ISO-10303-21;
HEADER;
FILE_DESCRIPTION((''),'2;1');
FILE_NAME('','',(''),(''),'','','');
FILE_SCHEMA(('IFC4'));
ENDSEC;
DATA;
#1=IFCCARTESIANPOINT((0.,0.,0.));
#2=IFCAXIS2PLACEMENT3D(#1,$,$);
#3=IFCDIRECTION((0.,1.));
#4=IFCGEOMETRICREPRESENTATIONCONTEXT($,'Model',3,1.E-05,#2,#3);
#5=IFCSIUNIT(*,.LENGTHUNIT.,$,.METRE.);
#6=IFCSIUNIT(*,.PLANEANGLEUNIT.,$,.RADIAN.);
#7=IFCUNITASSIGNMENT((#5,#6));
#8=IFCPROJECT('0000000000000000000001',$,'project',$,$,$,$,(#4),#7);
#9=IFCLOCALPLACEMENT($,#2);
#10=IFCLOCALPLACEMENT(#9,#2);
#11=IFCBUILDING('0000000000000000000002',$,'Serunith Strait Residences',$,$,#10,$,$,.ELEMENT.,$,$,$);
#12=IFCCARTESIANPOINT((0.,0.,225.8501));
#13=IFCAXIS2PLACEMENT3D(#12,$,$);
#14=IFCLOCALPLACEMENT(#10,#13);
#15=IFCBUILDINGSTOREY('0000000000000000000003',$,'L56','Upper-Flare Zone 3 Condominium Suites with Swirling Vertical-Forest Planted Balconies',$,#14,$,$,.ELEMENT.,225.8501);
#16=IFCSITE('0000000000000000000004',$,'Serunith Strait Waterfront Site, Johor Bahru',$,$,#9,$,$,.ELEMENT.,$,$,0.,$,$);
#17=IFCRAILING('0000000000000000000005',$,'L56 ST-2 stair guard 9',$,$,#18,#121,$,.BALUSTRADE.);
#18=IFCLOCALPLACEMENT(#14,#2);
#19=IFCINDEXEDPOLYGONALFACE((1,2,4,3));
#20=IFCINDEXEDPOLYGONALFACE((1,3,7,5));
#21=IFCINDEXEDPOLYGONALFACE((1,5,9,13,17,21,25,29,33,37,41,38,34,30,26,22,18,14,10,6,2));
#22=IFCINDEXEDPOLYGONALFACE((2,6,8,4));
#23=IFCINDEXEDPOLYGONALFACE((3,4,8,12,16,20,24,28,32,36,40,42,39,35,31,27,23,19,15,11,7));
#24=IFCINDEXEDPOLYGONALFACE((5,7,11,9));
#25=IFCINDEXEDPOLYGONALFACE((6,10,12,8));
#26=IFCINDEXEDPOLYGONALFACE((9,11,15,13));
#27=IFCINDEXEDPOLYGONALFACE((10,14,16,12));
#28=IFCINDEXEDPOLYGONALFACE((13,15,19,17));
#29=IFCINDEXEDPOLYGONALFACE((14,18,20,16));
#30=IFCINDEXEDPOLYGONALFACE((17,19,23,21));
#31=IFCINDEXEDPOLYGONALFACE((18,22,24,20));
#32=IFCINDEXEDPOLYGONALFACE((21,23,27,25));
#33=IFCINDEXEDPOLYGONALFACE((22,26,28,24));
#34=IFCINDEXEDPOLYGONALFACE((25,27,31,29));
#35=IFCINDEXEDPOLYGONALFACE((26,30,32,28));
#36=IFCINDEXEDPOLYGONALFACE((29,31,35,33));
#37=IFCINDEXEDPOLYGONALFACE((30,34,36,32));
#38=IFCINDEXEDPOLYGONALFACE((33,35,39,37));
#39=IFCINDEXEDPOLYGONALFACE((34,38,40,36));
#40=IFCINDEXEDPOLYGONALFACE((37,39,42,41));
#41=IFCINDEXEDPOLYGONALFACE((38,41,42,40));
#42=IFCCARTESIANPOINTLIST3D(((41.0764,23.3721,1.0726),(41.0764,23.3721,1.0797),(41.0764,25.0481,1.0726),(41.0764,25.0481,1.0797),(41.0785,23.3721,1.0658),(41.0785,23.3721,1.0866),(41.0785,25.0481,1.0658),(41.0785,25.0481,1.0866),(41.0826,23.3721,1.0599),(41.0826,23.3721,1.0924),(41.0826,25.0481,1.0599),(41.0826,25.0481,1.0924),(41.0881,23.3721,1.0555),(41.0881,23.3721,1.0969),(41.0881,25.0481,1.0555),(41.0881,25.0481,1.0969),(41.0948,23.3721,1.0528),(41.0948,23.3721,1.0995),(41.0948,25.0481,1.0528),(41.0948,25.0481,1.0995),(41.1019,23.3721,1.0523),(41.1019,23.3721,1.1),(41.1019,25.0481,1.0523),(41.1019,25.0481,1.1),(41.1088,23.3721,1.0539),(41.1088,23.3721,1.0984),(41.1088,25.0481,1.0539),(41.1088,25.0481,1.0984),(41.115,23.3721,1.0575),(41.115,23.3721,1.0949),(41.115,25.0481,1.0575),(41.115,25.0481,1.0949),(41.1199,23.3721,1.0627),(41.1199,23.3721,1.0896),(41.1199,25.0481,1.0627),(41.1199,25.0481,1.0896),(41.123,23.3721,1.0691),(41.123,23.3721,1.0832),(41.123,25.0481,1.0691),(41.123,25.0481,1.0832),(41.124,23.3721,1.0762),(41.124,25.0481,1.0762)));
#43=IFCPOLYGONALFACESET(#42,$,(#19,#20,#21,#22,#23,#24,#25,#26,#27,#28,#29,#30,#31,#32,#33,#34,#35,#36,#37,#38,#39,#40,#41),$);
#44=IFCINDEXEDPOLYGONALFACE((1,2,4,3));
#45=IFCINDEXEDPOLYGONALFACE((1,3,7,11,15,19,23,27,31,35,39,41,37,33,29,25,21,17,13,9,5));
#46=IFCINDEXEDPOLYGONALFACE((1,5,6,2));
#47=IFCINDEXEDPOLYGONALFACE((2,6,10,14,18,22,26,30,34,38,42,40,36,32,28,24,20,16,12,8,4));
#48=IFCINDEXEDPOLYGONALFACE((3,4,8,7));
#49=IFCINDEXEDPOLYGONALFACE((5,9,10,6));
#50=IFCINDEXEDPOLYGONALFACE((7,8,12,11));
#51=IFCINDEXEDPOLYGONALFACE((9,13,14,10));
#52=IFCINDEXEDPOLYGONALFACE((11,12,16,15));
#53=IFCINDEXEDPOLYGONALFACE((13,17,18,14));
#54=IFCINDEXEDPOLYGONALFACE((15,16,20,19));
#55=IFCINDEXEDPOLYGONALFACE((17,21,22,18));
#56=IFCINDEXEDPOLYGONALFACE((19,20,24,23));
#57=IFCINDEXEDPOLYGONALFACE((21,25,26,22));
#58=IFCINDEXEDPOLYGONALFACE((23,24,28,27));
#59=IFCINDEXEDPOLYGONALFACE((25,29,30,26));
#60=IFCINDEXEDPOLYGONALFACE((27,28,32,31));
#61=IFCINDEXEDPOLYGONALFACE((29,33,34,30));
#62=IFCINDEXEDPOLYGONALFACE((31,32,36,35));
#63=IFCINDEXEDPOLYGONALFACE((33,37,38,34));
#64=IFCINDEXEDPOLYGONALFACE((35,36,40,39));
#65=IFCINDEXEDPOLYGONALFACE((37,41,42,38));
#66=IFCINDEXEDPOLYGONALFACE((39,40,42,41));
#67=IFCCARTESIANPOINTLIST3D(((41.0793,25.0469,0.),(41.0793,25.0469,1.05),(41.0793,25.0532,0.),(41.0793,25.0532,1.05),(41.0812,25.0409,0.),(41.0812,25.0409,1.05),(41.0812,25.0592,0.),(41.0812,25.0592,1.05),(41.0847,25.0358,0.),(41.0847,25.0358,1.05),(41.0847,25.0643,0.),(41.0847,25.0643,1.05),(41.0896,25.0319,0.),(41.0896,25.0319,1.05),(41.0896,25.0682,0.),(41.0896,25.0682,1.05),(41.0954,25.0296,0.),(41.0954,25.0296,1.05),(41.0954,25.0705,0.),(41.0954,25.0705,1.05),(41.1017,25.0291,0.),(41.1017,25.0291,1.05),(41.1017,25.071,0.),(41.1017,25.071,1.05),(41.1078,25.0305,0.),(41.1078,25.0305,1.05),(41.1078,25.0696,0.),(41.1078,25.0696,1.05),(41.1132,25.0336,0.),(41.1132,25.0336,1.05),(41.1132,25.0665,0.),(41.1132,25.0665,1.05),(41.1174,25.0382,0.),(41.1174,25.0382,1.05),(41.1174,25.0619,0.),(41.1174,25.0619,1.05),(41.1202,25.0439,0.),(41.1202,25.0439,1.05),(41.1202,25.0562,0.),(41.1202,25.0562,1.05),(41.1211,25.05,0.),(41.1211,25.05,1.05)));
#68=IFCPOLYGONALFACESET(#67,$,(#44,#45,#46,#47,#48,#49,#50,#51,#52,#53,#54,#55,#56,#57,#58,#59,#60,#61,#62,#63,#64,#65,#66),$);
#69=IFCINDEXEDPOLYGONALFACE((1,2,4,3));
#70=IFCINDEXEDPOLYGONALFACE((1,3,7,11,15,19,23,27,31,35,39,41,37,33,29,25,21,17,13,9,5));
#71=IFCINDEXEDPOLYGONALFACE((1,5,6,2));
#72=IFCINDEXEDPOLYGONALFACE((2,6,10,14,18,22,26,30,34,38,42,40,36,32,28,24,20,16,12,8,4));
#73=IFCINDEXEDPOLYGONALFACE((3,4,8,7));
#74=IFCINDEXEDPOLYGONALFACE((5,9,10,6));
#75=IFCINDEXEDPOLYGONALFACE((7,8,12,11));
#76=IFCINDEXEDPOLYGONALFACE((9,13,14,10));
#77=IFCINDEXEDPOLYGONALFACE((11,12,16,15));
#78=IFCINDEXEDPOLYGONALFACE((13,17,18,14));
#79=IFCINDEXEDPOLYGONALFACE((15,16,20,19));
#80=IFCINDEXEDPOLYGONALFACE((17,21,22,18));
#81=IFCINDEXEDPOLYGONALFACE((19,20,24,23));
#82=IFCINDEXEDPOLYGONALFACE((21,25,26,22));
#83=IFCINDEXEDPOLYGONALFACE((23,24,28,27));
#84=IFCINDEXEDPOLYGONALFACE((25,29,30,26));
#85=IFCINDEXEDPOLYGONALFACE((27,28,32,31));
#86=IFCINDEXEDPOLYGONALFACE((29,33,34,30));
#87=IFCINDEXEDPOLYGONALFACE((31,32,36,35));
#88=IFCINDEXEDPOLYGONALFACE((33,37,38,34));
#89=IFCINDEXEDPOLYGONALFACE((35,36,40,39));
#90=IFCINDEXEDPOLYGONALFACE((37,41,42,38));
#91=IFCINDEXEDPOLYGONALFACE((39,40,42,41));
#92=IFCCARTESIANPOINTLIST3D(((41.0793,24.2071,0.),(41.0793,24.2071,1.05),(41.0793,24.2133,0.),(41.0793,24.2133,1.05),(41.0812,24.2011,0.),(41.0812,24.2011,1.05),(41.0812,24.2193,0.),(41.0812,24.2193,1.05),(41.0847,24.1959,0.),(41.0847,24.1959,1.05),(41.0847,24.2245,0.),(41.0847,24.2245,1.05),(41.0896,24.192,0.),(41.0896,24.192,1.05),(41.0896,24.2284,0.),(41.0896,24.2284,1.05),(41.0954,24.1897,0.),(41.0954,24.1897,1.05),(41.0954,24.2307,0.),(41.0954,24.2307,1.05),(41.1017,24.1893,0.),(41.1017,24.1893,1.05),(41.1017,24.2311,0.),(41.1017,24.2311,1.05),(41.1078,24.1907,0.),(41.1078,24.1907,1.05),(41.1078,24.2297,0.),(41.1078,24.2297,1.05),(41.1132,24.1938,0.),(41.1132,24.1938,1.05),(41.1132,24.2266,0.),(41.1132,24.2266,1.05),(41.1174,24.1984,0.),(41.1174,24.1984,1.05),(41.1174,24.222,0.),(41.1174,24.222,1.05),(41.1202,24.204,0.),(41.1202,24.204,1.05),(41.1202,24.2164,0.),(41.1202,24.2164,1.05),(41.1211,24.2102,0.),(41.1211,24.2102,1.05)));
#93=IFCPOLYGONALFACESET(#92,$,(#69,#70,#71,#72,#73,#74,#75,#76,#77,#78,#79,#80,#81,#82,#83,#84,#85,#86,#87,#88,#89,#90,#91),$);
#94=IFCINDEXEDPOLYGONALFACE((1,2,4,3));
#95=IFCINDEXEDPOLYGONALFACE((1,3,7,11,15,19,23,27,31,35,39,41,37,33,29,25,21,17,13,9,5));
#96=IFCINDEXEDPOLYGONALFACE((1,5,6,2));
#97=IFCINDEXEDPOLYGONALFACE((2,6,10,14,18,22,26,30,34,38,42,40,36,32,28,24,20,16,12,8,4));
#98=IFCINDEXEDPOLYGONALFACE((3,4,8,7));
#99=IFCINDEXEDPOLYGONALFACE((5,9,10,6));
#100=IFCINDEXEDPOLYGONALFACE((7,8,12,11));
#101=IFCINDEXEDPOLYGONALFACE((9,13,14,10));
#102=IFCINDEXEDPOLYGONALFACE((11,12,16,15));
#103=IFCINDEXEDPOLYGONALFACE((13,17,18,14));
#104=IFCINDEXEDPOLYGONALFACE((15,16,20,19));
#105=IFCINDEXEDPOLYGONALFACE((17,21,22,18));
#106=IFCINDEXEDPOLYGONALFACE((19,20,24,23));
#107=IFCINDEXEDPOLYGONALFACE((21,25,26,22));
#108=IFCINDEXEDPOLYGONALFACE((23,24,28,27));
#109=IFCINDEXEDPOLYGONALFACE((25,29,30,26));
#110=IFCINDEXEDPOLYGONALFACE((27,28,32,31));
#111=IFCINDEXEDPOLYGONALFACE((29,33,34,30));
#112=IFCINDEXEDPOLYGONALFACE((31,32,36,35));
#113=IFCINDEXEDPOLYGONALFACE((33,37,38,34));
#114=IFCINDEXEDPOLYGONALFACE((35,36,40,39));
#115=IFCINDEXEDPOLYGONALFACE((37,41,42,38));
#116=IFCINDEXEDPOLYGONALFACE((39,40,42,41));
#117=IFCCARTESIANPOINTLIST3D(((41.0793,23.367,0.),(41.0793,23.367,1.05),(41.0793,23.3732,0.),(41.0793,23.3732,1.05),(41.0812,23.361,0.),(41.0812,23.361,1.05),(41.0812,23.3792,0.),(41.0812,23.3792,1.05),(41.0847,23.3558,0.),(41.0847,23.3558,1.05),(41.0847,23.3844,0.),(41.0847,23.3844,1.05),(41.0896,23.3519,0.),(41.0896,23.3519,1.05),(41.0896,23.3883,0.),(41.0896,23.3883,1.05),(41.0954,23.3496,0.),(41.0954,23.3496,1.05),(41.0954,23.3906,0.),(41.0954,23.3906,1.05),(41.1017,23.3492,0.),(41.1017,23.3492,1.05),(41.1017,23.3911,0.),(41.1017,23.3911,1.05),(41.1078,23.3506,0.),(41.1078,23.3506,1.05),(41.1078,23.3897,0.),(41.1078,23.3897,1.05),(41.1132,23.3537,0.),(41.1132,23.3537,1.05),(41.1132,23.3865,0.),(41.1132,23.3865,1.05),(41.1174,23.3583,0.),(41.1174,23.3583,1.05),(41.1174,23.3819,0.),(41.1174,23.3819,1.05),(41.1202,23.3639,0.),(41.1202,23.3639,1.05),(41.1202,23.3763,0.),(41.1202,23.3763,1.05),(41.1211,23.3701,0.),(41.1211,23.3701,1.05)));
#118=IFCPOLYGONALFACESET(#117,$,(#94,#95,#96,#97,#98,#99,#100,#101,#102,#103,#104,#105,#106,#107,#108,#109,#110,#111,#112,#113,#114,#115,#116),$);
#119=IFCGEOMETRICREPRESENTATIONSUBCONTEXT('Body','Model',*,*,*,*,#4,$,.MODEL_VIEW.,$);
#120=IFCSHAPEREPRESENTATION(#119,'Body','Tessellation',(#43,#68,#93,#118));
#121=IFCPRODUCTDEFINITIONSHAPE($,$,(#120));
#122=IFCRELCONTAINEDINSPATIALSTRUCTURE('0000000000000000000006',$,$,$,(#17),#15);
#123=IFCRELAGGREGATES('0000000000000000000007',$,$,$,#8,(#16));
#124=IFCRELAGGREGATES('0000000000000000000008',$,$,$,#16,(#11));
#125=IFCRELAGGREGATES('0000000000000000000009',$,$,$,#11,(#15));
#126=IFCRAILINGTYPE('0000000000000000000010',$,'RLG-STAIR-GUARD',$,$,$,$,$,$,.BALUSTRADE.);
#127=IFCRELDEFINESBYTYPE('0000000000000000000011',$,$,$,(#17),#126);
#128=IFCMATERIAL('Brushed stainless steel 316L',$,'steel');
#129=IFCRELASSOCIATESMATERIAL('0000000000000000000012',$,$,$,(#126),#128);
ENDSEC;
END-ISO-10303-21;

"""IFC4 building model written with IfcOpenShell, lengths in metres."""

from ifc_helpers import new_model, si_unit, direction, frame, origin, origin_2d, place, context, subcontext, project, spatial, circle, extrude, material, type_object, element, save


model = new_model("IFC4")

# Units and contexts
model_context = context("Model", 3, precision=1e-05, world=origin(), true_north=direction((0.0, 1.0)))
body_context = subcontext(model_context, "Body", "Model", "MODEL_VIEW")
ifc_project = project(units=[si_unit("LENGTHUNIT", "METRE"), si_unit("PLANEANGLEUNIT", "RADIAN")], contexts=[model_context])

# Site, building, storey
site_placement = place(None, origin())
site = spatial("IfcSite", under=ifc_project, at=site_placement, Name="Serunith Strait Waterfront Site, Johor Bahru", CompositionType="ELEMENT", RefElevation=0.0)
building_placement = place(site_placement, origin())
building = spatial("IfcBuilding", under=site, at=building_placement, Name="Serunith Strait Residences", CompositionType="ELEMENT")
storey_placement = place(building_placement, frame((0.0, 0.0, 225.8501)))
storey = spatial("IfcBuildingStorey", under=building, at=storey_placement, Name="L56", Description="Upper-Flare Zone 3 Condominium Suites with Swirling Vertical-Forest Planted Balconies", CompositionType="ELEMENT", Elevation=225.8501)

# Railing
ifc_material_1 = material(Name="Brushed stainless steel 316L", Category="steel")
railing_type = type_object("IfcRailingType", Name="RLG-STAIR-GUARD", PredefinedType="BALUSTRADE", material=ifc_material_1)
for number, where, name in (
    (1, (41.1001, 25.05, 0.0), "L56 ST-2 stair guard 9"),
):
    element("IfcRailing", number, at=place(storey_placement, frame(where)), inside=storey, type_object=railing_type, Name=name, PredefinedType="BALUSTRADE", context=body_context, shape_type="SweptSolid", body=[
        extrude(circle(Radius=0.0239, at=origin_2d()), frame((0.0, -0.002, 1.0762), z_axis=(0.0, -1.0, 0.0), x_axis=(1.0, 0.0, 0.0)), (0.0, 0.0, 1.0), 1.676),
        extrude(circle(Radius=0.021, at=origin_2d()), origin(), (0.0, 0.0, 1.0), 1.05),
        extrude(circle(Radius=0.021, at=origin_2d()), frame((0.0, -0.8398, 0.0)), (0.0, 0.0, 1.0), 1.05),
        extrude(circle(Radius=0.021, at=origin_2d()), frame((0.0, -1.6799, 0.0)), (0.0, 0.0, 1.0), 1.05),
    ])

save(model, "model.ifc")
